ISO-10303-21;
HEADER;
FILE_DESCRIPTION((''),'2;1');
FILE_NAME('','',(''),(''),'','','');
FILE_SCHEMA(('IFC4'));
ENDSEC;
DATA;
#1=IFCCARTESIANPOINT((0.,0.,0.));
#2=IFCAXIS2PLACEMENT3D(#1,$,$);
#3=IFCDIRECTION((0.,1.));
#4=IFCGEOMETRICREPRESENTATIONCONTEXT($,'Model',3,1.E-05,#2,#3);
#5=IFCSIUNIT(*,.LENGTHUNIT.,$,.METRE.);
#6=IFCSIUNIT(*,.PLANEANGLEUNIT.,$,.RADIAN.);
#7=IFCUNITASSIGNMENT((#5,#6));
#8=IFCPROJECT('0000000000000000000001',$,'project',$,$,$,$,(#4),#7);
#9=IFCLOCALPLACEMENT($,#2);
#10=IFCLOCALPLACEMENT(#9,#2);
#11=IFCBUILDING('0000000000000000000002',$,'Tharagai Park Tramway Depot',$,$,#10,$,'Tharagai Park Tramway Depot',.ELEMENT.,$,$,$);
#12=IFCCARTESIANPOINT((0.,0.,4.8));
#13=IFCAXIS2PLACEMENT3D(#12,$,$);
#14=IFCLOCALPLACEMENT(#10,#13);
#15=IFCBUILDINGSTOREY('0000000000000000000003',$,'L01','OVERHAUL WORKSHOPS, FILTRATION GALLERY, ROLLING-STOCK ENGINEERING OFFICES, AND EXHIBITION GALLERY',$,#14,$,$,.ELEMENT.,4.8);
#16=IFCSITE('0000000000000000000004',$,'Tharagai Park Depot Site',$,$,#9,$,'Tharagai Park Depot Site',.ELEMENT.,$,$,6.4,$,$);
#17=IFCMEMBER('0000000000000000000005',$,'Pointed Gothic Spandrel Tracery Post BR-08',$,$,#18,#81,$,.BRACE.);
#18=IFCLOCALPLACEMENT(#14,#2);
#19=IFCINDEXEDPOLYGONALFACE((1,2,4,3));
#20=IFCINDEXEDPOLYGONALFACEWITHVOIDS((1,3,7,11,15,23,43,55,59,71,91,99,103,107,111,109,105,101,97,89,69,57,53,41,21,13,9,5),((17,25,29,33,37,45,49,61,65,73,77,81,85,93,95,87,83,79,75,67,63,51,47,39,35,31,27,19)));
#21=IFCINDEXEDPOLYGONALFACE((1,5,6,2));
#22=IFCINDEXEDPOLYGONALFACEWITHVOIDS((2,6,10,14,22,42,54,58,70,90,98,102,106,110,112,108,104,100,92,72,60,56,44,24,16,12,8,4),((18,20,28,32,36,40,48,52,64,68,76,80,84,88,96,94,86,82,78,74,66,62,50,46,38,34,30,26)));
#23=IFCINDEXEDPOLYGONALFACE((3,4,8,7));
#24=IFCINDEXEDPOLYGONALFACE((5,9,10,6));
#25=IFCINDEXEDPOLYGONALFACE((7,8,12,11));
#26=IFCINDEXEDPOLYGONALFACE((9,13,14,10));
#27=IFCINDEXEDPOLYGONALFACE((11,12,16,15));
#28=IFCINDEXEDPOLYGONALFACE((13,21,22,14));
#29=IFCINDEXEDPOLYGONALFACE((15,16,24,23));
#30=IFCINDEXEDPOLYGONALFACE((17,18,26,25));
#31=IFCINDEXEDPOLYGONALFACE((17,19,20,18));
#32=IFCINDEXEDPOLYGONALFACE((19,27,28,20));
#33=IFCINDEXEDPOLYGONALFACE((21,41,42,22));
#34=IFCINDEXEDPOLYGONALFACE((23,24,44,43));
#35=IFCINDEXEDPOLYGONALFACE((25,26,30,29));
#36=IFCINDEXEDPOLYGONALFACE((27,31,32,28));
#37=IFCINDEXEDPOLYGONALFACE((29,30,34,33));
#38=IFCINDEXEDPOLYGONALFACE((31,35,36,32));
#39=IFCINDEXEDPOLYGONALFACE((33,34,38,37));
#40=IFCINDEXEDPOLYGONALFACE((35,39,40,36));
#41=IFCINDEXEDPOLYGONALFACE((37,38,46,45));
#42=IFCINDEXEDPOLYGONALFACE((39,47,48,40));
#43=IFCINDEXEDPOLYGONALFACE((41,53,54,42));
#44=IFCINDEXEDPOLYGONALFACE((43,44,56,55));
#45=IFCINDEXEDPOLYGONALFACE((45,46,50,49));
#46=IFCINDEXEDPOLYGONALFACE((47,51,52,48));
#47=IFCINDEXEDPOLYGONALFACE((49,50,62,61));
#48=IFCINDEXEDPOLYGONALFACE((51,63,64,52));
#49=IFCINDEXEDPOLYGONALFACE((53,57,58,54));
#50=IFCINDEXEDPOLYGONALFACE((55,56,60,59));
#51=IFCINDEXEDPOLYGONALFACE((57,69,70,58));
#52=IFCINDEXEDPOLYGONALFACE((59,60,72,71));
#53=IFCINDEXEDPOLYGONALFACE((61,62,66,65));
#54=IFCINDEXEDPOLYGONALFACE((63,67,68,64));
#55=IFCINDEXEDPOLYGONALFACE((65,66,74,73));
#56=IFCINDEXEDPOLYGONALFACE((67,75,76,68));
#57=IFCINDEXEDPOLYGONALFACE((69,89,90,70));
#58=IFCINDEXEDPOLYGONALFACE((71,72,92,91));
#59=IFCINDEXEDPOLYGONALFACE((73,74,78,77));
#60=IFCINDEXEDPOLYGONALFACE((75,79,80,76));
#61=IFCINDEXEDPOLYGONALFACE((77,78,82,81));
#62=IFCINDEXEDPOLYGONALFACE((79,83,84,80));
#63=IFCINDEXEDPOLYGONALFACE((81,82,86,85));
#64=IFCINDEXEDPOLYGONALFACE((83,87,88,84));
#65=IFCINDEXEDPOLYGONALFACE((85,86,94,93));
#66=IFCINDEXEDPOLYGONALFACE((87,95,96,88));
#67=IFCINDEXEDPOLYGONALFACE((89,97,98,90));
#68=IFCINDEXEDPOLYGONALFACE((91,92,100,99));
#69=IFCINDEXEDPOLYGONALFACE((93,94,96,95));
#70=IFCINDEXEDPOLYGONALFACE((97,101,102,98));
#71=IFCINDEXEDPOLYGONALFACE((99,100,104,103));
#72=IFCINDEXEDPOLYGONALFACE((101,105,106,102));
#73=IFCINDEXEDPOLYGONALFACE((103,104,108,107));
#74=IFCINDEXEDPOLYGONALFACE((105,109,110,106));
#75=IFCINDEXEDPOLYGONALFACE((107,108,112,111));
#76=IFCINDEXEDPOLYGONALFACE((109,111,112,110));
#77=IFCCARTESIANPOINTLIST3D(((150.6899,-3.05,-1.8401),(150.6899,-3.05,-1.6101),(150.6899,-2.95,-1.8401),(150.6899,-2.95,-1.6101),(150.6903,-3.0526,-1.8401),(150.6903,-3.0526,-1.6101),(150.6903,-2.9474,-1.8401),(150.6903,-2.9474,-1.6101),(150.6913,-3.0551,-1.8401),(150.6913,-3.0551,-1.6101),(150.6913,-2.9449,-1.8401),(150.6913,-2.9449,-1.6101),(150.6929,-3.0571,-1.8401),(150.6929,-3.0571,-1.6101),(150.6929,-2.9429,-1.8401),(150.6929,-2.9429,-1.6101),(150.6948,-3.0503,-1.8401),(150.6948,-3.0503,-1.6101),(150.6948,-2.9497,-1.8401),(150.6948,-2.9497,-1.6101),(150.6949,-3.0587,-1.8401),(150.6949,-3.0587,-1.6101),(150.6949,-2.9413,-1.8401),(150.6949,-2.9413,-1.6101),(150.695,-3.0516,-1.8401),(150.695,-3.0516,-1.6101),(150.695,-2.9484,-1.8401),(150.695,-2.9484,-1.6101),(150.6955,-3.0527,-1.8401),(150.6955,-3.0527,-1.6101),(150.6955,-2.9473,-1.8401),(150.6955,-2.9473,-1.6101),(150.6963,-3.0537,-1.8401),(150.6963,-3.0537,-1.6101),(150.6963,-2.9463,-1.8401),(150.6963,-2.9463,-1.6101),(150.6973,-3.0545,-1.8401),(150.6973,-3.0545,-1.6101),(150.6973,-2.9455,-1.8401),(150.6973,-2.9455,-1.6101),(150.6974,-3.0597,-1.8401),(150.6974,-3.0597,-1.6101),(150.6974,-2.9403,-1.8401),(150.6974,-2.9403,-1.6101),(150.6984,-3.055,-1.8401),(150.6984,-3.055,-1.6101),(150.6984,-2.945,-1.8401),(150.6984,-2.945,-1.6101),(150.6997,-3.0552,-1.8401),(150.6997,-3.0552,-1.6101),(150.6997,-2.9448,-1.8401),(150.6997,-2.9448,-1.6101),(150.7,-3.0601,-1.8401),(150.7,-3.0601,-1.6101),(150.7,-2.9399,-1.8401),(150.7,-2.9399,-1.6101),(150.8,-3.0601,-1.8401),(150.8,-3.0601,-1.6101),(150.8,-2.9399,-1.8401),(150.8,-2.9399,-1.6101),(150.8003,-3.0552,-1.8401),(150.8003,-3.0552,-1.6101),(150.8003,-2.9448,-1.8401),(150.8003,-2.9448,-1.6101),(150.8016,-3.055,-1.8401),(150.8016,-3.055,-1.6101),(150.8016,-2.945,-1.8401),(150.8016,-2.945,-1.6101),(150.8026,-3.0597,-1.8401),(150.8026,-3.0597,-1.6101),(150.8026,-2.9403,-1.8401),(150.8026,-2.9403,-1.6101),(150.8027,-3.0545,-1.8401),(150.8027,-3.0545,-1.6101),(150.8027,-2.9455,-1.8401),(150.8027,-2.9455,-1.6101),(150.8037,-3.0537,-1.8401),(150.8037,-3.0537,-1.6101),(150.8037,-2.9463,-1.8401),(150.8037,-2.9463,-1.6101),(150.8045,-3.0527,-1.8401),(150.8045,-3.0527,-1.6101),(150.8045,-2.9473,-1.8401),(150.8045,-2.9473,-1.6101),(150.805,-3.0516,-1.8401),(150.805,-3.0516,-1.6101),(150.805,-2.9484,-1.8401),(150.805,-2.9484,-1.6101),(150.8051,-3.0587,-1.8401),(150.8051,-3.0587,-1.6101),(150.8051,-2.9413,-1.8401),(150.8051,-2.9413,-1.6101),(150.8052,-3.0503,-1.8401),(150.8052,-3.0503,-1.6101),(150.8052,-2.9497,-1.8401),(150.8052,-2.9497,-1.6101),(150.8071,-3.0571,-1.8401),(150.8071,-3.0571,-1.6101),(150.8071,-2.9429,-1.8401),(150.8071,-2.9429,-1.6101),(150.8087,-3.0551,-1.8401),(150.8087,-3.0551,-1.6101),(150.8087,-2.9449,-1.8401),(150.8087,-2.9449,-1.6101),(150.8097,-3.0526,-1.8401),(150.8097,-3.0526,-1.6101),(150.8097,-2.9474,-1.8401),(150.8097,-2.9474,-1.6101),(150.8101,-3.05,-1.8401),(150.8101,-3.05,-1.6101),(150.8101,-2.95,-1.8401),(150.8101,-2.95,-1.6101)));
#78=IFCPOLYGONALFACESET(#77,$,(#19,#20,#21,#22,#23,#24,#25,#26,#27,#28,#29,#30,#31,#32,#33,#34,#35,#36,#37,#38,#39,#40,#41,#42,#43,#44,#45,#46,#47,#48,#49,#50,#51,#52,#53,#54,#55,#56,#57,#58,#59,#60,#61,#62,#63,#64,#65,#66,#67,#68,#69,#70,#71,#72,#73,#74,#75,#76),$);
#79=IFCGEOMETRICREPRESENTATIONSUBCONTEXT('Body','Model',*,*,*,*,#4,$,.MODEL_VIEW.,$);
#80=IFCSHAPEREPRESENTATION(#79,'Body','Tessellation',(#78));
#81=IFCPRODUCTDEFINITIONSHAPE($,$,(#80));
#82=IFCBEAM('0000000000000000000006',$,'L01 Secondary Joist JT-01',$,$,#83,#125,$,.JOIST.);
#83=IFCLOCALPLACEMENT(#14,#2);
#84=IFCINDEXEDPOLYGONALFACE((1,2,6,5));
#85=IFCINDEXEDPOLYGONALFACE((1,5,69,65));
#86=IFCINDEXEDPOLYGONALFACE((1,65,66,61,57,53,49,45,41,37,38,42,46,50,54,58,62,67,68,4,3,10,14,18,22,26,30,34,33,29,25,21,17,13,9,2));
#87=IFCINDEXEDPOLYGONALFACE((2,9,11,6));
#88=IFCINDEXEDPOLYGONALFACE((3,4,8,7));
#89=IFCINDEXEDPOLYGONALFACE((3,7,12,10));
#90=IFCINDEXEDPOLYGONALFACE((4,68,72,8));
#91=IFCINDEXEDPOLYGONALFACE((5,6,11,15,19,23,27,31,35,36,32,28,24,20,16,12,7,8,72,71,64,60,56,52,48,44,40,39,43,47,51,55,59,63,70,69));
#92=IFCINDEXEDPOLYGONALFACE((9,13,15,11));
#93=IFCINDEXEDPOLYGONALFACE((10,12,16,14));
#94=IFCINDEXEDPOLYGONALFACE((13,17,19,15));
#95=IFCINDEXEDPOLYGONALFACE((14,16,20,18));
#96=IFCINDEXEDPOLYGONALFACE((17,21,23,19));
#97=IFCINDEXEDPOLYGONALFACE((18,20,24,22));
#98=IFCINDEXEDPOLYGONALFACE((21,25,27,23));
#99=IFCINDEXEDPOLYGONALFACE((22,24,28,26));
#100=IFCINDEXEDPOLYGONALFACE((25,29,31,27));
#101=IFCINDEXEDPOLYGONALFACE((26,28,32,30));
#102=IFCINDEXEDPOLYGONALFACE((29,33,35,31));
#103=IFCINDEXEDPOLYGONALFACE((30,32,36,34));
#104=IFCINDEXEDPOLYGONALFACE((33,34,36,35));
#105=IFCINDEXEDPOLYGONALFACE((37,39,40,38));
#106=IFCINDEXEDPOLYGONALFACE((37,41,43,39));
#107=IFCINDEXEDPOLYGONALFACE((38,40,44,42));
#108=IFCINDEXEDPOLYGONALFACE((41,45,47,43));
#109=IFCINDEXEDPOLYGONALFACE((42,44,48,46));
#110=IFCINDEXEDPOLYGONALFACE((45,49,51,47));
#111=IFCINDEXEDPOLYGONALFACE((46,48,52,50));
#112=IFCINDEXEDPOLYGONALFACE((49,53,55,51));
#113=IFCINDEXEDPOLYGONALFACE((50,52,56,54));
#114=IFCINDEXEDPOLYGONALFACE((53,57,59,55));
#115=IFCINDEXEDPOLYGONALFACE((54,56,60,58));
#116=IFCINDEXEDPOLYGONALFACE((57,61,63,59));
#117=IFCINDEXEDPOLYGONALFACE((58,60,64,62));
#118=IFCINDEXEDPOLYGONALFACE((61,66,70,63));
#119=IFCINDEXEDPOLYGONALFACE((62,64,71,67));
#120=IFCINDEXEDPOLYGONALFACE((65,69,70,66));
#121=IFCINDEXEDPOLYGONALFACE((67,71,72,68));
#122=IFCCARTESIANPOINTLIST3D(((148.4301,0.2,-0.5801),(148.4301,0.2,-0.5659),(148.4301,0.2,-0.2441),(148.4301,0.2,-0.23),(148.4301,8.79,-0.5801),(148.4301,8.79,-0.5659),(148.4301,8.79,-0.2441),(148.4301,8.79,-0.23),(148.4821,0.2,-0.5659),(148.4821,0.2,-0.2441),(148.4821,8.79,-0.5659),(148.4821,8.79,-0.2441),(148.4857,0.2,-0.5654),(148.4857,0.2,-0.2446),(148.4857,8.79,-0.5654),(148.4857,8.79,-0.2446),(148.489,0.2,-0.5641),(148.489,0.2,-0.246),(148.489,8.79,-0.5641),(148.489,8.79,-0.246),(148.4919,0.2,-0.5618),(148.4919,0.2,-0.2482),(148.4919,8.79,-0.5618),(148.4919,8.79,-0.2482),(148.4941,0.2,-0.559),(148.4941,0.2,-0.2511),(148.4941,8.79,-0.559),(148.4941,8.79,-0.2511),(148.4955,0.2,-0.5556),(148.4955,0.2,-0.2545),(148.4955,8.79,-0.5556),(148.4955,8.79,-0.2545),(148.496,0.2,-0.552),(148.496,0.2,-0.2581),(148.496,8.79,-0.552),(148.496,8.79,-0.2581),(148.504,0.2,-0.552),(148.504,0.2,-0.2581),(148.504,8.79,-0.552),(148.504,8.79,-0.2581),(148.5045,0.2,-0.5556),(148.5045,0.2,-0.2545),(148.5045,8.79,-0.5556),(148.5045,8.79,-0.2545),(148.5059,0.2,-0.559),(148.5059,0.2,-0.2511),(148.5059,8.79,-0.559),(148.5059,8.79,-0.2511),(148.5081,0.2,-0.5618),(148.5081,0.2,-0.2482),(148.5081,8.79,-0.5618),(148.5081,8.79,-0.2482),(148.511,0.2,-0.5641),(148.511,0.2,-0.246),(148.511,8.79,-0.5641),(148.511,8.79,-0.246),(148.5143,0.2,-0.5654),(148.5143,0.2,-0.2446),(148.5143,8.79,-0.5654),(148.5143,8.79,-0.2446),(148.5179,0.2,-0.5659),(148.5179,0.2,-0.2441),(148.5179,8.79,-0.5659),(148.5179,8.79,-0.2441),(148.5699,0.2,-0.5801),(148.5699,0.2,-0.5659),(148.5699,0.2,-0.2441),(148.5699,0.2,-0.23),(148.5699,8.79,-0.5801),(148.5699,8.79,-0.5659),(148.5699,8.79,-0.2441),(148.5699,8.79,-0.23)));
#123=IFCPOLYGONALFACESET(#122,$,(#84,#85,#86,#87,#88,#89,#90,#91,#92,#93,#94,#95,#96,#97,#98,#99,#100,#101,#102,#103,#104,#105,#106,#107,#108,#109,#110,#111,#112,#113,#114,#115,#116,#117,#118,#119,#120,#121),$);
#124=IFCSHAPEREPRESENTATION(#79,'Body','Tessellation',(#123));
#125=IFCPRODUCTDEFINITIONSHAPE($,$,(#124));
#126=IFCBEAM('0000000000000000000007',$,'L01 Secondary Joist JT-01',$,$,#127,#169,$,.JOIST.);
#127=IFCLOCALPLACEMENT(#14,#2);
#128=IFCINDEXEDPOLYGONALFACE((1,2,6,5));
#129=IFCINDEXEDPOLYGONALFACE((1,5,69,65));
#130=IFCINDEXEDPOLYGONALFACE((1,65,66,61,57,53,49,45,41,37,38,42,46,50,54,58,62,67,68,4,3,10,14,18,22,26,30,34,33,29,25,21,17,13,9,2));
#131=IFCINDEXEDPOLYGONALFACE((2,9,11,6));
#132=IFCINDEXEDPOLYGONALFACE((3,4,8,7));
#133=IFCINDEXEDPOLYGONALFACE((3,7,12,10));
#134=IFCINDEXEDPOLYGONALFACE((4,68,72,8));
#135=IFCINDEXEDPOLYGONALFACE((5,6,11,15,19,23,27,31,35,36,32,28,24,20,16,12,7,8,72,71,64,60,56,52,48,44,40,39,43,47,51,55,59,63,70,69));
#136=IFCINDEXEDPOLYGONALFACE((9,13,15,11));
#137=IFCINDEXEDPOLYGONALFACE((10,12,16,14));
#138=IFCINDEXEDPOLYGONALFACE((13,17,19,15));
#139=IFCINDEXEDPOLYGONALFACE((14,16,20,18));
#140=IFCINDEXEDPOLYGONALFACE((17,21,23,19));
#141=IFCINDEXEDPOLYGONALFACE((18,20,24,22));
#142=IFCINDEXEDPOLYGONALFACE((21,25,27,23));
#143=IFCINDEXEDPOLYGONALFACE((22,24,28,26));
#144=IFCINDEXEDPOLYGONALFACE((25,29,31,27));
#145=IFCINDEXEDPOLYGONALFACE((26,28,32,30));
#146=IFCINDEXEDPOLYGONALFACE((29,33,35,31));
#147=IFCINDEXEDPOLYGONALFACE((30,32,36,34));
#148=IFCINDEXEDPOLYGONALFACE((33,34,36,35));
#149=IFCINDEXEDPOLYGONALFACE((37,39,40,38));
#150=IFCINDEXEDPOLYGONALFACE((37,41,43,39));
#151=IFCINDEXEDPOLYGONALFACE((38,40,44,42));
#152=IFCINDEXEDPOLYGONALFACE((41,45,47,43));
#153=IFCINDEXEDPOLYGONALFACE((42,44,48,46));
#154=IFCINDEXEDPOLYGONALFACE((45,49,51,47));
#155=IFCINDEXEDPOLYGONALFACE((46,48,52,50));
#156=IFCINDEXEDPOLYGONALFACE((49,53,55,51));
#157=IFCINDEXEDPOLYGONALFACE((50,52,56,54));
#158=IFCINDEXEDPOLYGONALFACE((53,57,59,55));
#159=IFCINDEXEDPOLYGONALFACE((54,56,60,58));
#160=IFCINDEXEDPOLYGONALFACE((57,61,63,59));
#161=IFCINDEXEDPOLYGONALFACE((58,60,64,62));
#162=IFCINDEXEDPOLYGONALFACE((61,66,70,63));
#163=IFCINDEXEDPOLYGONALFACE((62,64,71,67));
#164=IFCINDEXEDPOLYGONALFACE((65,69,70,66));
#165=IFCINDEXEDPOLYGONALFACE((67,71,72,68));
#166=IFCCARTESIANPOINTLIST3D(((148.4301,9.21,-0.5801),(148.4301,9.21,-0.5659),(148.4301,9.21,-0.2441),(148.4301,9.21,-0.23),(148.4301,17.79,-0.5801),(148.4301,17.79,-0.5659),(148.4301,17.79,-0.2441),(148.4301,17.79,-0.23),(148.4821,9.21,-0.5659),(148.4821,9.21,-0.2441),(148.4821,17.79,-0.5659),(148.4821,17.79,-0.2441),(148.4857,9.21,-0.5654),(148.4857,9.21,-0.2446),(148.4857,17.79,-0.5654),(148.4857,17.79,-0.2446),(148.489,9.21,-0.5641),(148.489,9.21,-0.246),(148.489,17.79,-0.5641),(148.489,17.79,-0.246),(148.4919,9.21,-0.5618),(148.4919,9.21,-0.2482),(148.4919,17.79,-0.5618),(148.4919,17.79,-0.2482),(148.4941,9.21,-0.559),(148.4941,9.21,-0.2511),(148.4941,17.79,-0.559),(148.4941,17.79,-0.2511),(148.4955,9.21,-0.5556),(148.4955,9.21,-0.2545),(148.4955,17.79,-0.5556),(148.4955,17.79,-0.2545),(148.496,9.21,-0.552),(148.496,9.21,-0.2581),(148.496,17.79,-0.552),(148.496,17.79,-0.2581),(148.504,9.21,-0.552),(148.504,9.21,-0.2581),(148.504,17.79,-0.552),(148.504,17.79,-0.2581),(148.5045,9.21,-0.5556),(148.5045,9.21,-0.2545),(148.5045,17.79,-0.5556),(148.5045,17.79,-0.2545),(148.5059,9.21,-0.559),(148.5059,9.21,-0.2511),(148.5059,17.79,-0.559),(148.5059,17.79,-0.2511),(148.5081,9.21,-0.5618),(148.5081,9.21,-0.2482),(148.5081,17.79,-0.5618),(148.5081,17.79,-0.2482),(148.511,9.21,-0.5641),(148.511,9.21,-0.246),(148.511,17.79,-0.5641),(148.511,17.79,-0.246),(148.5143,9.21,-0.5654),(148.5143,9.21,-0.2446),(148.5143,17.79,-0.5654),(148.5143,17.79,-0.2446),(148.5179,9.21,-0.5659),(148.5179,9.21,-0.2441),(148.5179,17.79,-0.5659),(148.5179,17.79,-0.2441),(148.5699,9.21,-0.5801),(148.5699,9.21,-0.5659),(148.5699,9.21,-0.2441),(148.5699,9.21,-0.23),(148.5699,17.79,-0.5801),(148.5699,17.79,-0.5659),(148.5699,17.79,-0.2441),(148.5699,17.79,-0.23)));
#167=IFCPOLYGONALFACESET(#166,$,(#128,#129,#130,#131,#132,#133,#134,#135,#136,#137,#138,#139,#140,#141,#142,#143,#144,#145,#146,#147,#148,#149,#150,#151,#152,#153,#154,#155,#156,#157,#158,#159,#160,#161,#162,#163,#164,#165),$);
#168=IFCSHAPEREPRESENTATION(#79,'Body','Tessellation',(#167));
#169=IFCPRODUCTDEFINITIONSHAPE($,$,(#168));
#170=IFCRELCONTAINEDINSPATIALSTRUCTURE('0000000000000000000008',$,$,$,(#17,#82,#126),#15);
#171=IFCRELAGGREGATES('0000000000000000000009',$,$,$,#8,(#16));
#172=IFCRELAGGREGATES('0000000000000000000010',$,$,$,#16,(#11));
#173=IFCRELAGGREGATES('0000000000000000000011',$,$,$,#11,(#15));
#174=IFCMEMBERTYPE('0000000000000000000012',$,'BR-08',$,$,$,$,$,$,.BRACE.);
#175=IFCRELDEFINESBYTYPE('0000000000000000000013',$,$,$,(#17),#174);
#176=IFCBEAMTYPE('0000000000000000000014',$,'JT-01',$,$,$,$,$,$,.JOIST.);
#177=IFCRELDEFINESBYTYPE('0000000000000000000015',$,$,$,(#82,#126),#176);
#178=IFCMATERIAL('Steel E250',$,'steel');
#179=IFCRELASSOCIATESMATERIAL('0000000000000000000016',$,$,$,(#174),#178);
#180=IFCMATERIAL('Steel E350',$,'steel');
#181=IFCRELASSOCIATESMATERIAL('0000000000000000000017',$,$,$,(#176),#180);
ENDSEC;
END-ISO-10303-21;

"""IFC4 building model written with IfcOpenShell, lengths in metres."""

from ifc_helpers import new_model, si_unit, direction, frame, origin, origin_2d, place, context, subcontext, project, spatial, hollow_rectangle, i_section, extrude, material, material_profile, profile_set, type_object, element, save


model = new_model("IFC4")

# Units and contexts
model_context = context("Model", 3, precision=1e-05, world=origin(), true_north=direction((0.0, 1.0)))
body_context = subcontext(model_context, "Body", "Model", "MODEL_VIEW")
ifc_project = project(units=[si_unit("LENGTHUNIT", "METRE"), si_unit("PLANEANGLEUNIT", "RADIAN")], contexts=[model_context])

# Site, building, storey
site_placement = place(None, origin())
site = spatial("IfcSite", under=ifc_project, at=site_placement, Name="Tharagai Park Depot Site", LongName="Tharagai Park Depot Site", CompositionType="ELEMENT", RefElevation=6.4)
building_placement = place(site_placement, origin())
building = spatial("IfcBuilding", under=site, at=building_placement, Name="Tharagai Park Tramway Depot", LongName="Tharagai Park Tramway Depot", CompositionType="ELEMENT")
storey_placement = place(building_placement, frame((0.0, 0.0, 4.8)))
storey = spatial("IfcBuildingStorey", under=building, at=storey_placement, Name="L01", Description="OVERHAUL WORKSHOPS, FILTRATION GALLERY, ROLLING-STOCK ENGINEERING OFFICES, AND EXHIBITION GALLERY", CompositionType="ELEMENT", Elevation=4.8)

# Member
ifc_material_1 = material(Name="Steel E250", Category="steel")
ifc_material_profile_1 = material_profile(ifc_material_1, hollow_rectangle(XDim=0.1201, YDim=0.1201, WallThickness=0.0049, InnerFilletRadius=0.0049, OuterFilletRadius=0.01, at=origin_2d()), Name="SHS 120x120x5")
ifc_profile_set_1 = profile_set([ifc_material_profile_1], Name="Steel E250")
member_type_1 = type_object("IfcMemberType", Name="BR-08", PredefinedType="BRACE", material=ifc_profile_set_1)
for number, where, z_axis, x_axis, name in (
    (1, (150.75, -3.0, -1.8401), (0.0, 0.0, 1.0), (1.0, 0.0, 0.0), "Pointed Gothic Spandrel Tracery Post BR-08"),
):
    element("IfcMember", number, at=place(storey_placement, frame(where, z_axis=z_axis, x_axis=x_axis)), inside=storey, type_object=member_type_1, Name=name, PredefinedType="BRACE", context=body_context, shape_type="SweptSolid", body=[
        extrude(hollow_rectangle(XDim=0.1201, YDim=0.1201, WallThickness=0.0049, InnerFilletRadius=0.0049, OuterFilletRadius=0.01, at=origin_2d()), origin(), (0.0, 0.0, 1.0), 0.23),
    ])

# Beams
ifc_material_2 = material(Name="Steel E350", Category="steel")
ifc_material_profile_2 = material_profile(ifc_material_2, i_section(OverallWidth=0.1399, OverallDepth=0.3501, WebThickness=0.0081, FlangeThickness=0.0142, FilletRadius=0.0139, at=origin_2d()), Name="ISMB 350")
ifc_profile_set_2 = profile_set([ifc_material_profile_2], Name="Steel E350")
beam_type_1 = type_object("IfcBeamType", Name="JT-01", PredefinedType="JOIST", material=ifc_profile_set_2)
beam_1_placement = place(storey_placement, frame((148.5, 0.2, -0.405), z_axis=(0.0, 1.0, 0.0), x_axis=(-1.0, 0.0, 0.0)))
element("IfcBeam", 2, at=beam_1_placement, inside=storey, type_object=beam_type_1, Name="L01 Secondary Joist JT-01", PredefinedType="JOIST", context=body_context, shape_type="SweptSolid", body=[
    extrude(i_section(OverallWidth=0.1399, OverallDepth=0.3501, WebThickness=0.0081, FlangeThickness=0.0142, FilletRadius=0.0139, at=origin_2d()), origin(), (0.0, 0.0, 1.0), 8.5901),
])
beam_2_placement = place(storey_placement, frame((148.5, 9.21, -0.405), z_axis=(0.0, 1.0, 0.0), x_axis=(-1.0, 0.0, 0.0)))
element("IfcBeam", 3, at=beam_2_placement, inside=storey, type_object=beam_type_1, Name="L01 Secondary Joist JT-01", PredefinedType="JOIST", context=body_context, shape_type="SweptSolid", body=[
    extrude(i_section(OverallWidth=0.1399, OverallDepth=0.3501, WebThickness=0.0081, FlangeThickness=0.0142, FilletRadius=0.0139, at=origin_2d()), origin(), (0.0, 0.0, 1.0), 8.5801),
])

save(model, "model.ifc")
